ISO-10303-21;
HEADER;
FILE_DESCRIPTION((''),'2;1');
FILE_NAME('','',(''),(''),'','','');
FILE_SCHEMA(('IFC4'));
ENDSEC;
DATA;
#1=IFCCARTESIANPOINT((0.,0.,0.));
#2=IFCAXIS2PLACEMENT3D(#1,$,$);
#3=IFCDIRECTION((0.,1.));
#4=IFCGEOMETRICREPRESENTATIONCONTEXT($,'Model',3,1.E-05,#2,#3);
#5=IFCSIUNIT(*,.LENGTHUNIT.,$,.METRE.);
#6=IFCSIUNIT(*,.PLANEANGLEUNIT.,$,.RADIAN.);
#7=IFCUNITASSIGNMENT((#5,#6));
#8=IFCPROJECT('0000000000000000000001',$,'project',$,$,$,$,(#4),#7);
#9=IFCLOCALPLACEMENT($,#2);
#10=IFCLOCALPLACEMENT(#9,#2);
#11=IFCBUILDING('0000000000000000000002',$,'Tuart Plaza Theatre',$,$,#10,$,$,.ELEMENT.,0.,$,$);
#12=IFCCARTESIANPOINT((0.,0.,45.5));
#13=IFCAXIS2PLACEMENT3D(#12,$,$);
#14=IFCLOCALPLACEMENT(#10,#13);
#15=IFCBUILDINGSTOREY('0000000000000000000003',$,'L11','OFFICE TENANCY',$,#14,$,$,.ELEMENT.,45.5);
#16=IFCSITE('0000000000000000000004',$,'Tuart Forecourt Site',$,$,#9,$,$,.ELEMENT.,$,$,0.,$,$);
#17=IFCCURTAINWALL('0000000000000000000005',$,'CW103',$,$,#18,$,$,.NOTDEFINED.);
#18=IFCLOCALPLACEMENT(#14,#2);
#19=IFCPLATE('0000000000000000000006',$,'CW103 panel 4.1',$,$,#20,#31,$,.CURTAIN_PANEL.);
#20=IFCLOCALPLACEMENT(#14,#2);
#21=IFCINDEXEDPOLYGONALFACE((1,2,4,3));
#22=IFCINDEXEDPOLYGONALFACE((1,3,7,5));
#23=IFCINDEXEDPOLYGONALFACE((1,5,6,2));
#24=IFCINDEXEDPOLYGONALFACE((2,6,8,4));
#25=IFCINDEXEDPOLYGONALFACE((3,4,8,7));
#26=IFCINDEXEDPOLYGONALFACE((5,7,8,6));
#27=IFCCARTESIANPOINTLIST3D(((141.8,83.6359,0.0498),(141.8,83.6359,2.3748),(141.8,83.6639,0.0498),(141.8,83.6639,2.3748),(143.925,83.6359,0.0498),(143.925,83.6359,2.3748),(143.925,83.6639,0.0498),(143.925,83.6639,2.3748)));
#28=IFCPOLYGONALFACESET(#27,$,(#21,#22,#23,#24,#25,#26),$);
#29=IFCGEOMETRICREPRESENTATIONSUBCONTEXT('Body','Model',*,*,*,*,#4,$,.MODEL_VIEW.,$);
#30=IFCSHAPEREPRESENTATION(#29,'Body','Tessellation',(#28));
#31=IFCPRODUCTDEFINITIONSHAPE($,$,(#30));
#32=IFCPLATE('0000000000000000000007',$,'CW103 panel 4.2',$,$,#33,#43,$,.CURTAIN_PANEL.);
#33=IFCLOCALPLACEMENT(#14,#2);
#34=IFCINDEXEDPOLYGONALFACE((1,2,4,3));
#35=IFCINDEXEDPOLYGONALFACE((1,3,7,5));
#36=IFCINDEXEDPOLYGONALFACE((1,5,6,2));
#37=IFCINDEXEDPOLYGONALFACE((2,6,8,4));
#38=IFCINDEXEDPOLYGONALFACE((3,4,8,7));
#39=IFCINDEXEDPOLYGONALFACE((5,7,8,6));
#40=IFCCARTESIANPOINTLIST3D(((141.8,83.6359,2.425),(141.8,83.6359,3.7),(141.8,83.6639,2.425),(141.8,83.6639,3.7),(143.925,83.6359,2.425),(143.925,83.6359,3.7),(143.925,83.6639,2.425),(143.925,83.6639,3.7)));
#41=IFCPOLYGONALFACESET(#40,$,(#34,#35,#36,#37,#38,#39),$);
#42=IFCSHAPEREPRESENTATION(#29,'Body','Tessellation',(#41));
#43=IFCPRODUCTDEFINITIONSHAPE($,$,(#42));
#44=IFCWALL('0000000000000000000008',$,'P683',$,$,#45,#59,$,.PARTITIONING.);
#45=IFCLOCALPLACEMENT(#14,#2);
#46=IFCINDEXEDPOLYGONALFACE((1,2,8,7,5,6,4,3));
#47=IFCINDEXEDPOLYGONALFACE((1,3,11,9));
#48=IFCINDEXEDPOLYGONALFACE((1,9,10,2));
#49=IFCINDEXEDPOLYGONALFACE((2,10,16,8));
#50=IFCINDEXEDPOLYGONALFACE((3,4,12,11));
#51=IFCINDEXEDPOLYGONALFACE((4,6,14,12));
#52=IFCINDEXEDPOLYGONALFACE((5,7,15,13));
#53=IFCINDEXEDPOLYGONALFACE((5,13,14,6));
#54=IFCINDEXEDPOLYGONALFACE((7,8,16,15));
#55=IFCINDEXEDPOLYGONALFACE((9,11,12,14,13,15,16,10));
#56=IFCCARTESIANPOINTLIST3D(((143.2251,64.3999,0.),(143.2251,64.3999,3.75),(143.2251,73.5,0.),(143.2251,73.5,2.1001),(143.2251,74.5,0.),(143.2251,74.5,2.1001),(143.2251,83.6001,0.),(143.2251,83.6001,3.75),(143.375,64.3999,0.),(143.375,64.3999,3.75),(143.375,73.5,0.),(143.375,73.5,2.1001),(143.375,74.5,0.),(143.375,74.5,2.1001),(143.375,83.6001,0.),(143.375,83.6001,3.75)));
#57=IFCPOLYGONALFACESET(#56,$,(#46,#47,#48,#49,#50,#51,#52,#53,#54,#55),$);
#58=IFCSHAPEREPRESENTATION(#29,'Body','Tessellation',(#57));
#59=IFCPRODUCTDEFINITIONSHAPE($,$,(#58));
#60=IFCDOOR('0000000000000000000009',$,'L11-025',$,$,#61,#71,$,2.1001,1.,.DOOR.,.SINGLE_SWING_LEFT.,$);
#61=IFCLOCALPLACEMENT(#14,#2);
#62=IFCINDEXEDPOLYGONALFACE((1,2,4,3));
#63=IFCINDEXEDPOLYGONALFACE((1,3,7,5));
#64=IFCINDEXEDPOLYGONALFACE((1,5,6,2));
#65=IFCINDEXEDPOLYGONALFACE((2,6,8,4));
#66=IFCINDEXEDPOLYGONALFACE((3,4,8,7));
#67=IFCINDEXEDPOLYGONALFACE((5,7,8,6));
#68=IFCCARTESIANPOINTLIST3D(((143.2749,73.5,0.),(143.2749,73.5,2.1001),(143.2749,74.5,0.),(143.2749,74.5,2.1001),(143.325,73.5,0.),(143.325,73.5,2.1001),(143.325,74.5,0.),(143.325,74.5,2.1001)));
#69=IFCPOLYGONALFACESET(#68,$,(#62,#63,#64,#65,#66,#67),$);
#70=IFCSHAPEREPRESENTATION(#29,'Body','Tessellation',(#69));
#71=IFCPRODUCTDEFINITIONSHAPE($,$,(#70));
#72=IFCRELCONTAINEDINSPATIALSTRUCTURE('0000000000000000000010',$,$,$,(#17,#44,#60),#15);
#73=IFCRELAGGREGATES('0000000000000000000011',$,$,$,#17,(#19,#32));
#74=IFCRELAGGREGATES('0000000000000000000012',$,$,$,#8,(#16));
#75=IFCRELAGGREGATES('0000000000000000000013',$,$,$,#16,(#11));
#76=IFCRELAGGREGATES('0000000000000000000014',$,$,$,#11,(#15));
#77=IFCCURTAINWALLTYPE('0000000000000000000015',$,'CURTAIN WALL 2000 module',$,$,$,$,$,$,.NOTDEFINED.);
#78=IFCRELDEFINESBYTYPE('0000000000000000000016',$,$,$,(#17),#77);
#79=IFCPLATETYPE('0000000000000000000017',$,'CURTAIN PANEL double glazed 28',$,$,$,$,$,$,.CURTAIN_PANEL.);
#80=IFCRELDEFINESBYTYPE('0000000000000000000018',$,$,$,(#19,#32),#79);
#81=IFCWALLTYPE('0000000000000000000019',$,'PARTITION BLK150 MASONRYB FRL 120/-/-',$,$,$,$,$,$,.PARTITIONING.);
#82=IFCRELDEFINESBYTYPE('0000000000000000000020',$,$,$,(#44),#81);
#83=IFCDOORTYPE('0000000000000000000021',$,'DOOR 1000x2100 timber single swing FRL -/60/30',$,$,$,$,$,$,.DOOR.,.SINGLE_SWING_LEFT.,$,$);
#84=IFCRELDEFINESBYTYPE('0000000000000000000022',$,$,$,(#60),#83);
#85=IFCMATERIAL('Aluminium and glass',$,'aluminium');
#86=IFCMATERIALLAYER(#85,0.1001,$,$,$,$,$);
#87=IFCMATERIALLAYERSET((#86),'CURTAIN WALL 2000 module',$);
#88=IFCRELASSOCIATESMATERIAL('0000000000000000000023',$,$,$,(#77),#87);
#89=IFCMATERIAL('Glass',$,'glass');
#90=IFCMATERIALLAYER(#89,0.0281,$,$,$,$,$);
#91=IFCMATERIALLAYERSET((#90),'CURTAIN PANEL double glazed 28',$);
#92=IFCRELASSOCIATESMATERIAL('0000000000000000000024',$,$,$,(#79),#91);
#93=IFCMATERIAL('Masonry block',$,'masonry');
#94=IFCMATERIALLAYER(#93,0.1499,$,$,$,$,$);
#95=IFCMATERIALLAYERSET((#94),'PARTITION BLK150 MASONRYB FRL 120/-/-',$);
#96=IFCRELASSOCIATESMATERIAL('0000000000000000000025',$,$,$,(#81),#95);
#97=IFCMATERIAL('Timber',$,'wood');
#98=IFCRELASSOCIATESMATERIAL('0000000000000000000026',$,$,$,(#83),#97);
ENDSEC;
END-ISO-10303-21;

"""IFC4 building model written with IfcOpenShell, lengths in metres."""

from ifc_helpers import new_model, si_unit, direction, frame, frame_2d, origin, origin_2d, place, context, subcontext, project, spatial, rectangle, extrude, material, layer, layer_set, type_object, element, fill, aggregate, save


model = new_model("IFC4")

# Units and contexts
model_context = context("Model", 3, precision=1e-05, world=origin(), true_north=direction((0.0, 1.0)))
body_context = subcontext(model_context, "Body", "Model", "MODEL_VIEW")
ifc_project = project(units=[si_unit("LENGTHUNIT", "METRE"), si_unit("PLANEANGLEUNIT", "RADIAN")], contexts=[model_context])

# Site, building, storey
site_placement = place(None, origin())
site = spatial("IfcSite", under=ifc_project, at=site_placement, Name="Tuart Forecourt Site", CompositionType="ELEMENT", RefElevation=0.0)
building_placement = place(site_placement, origin())
building = spatial("IfcBuilding", under=site, at=building_placement, Name="Tuart Plaza Theatre", CompositionType="ELEMENT", ElevationOfRefHeight=0.0)
storey_placement = place(building_placement, frame((0.0, 0.0, 45.5)))
storey = spatial("IfcBuildingStorey", under=building, at=storey_placement, Name="L11", Description="OFFICE TENANCY", CompositionType="ELEMENT", Elevation=45.5)

# Shared definitions
ifc_material_1 = material(Name="Aluminium and glass", Category="aluminium")
ifc_layer_1 = layer(ifc_material_1, 0.1001)
ifc_layer_set_1 = layer_set([ifc_layer_1], Name="CURTAIN WALL 2000 module")
curtain_wall_type = type_object("IfcCurtainWallType", Name="CURTAIN WALL 2000 module", PredefinedType="NOTDEFINED", material=ifc_layer_set_1)

# Curtain wall
curtain_wall_1_placement = place(storey_placement, origin())
curtain_wall_1 = element("IfcCurtainWall", 1, at=curtain_wall_1_placement, inside=storey, type_object=curtain_wall_type, Name="CW103", PredefinedType="NOTDEFINED")

# Plates
ifc_material_2 = material(Name="Glass", Category="glass")
ifc_layer_2 = layer(ifc_material_2, 0.0281)
ifc_layer_set_2 = layer_set([ifc_layer_2], Name="CURTAIN PANEL double glazed 28")
plate_type = type_object("IfcPlateType", Name="CURTAIN PANEL double glazed 28", PredefinedType="CURTAIN_PANEL", material=ifc_layer_set_2)
plate_1_placement = place(storey_placement, frame((142.8625, 83.6499, 0.0498), z_axis=(0.0, 0.0, 1.0), x_axis=(-1.0, 0.0, 0.0)))
plate_1 = element("IfcPlate", 2, at=plate_1_placement, type_object=plate_type, Name="CW103 panel 4.1", PredefinedType="CURTAIN_PANEL", context=body_context, shape_type="SweptSolid", body=[
    extrude(rectangle(XDim=2.125, YDim=0.0281, at=origin_2d()), origin(), (0.0, 0.0, 1.0), 2.325),
])
plate_2_placement = place(storey_placement, frame((142.8625, 83.6499, 2.425), z_axis=(0.0, 0.0, 1.0), x_axis=(-1.0, 0.0, 0.0)))
plate_2 = element("IfcPlate", 3, at=plate_2_placement, type_object=plate_type, Name="CW103 panel 4.2", PredefinedType="CURTAIN_PANEL", context=body_context, shape_type="SweptSolid", body=[
    extrude(rectangle(XDim=2.125, YDim=0.0281, at=origin_2d()), origin(), (0.0, 0.0, 1.0), 1.2749),
])
aggregate(curtain_wall_1, [plate_1, plate_2])

# Wall, opening, door
ifc_material_3 = material(Name="Masonry block", Category="masonry")
ifc_layer_3 = layer(ifc_material_3, 0.1499)
ifc_layer_set_3 = layer_set([ifc_layer_3], Name="PARTITION BLK150 MASONRYB FRL 120/-/-")
wall_type = type_object("IfcWallType", Name="PARTITION BLK150 MASONRYB FRL 120/-/-", PredefinedType="PARTITIONING", material=ifc_layer_set_3)
wall_placement = place(storey_placement, frame((143.3, 83.6001, 0.0), z_axis=(0.0, 0.0, 1.0), x_axis=(0.0, -1.0, 0.0)))
wall = element("IfcWall", 4, at=wall_placement, inside=storey, type_object=wall_type, Name="P683", PredefinedType="PARTITIONING", context=body_context, shape_type="SweptSolid", body=[
    extrude(rectangle(XDim=19.2002, YDim=0.1499, at=frame_2d((9.6001, 0.0))), origin(), (0.0, 0.0, 1.0), 3.75),
])
opening_placement = place(wall_placement, frame((9.1001, 0.0, 0.0)))
opening = element("IfcOpeningElement", 5, at=opening_placement, cuts=wall, PredefinedType="OPENING", context=body_context, shape_type="SweptSolid", body=[
    extrude(rectangle(XDim=1.0, YDim=2.1001, at=frame_2d((0.5, 1.05))), frame((0.0, 0.085, 0.0), z_axis=(0.0, -1.0, 0.0), x_axis=(1.0, 0.0, 0.0)), (0.0, 0.0, 1.0), 0.1699),
])
ifc_material_4 = material(Name="Timber", Category="wood")
door_type = type_object("IfcDoorType", Name="DOOR 1000x2100 timber single swing FRL -/60/30", OperationType="SINGLE_SWING_LEFT", PredefinedType="DOOR", material=ifc_material_4)
door_placement = place(opening_placement, origin())
door = element("IfcDoor", 6, at=door_placement, inside=storey, type_object=door_type, Name="L11-025", OperationType="SINGLE_SWING_LEFT", OverallHeight=2.1001, OverallWidth=1.0, PredefinedType="DOOR", context=body_context, shape_type="SweptSolid", body=[
    extrude(rectangle(XDim=1.0, YDim=2.1001, at=frame_2d((0.5, 1.05))), frame((0.0, 0.0249, 0.0), z_axis=(0.0, -1.0, 0.0), x_axis=(1.0, 0.0, 0.0)), (0.0, 0.0, 1.0), 0.05),
])
fill(opening, door)

save(model, "model.ifc")
